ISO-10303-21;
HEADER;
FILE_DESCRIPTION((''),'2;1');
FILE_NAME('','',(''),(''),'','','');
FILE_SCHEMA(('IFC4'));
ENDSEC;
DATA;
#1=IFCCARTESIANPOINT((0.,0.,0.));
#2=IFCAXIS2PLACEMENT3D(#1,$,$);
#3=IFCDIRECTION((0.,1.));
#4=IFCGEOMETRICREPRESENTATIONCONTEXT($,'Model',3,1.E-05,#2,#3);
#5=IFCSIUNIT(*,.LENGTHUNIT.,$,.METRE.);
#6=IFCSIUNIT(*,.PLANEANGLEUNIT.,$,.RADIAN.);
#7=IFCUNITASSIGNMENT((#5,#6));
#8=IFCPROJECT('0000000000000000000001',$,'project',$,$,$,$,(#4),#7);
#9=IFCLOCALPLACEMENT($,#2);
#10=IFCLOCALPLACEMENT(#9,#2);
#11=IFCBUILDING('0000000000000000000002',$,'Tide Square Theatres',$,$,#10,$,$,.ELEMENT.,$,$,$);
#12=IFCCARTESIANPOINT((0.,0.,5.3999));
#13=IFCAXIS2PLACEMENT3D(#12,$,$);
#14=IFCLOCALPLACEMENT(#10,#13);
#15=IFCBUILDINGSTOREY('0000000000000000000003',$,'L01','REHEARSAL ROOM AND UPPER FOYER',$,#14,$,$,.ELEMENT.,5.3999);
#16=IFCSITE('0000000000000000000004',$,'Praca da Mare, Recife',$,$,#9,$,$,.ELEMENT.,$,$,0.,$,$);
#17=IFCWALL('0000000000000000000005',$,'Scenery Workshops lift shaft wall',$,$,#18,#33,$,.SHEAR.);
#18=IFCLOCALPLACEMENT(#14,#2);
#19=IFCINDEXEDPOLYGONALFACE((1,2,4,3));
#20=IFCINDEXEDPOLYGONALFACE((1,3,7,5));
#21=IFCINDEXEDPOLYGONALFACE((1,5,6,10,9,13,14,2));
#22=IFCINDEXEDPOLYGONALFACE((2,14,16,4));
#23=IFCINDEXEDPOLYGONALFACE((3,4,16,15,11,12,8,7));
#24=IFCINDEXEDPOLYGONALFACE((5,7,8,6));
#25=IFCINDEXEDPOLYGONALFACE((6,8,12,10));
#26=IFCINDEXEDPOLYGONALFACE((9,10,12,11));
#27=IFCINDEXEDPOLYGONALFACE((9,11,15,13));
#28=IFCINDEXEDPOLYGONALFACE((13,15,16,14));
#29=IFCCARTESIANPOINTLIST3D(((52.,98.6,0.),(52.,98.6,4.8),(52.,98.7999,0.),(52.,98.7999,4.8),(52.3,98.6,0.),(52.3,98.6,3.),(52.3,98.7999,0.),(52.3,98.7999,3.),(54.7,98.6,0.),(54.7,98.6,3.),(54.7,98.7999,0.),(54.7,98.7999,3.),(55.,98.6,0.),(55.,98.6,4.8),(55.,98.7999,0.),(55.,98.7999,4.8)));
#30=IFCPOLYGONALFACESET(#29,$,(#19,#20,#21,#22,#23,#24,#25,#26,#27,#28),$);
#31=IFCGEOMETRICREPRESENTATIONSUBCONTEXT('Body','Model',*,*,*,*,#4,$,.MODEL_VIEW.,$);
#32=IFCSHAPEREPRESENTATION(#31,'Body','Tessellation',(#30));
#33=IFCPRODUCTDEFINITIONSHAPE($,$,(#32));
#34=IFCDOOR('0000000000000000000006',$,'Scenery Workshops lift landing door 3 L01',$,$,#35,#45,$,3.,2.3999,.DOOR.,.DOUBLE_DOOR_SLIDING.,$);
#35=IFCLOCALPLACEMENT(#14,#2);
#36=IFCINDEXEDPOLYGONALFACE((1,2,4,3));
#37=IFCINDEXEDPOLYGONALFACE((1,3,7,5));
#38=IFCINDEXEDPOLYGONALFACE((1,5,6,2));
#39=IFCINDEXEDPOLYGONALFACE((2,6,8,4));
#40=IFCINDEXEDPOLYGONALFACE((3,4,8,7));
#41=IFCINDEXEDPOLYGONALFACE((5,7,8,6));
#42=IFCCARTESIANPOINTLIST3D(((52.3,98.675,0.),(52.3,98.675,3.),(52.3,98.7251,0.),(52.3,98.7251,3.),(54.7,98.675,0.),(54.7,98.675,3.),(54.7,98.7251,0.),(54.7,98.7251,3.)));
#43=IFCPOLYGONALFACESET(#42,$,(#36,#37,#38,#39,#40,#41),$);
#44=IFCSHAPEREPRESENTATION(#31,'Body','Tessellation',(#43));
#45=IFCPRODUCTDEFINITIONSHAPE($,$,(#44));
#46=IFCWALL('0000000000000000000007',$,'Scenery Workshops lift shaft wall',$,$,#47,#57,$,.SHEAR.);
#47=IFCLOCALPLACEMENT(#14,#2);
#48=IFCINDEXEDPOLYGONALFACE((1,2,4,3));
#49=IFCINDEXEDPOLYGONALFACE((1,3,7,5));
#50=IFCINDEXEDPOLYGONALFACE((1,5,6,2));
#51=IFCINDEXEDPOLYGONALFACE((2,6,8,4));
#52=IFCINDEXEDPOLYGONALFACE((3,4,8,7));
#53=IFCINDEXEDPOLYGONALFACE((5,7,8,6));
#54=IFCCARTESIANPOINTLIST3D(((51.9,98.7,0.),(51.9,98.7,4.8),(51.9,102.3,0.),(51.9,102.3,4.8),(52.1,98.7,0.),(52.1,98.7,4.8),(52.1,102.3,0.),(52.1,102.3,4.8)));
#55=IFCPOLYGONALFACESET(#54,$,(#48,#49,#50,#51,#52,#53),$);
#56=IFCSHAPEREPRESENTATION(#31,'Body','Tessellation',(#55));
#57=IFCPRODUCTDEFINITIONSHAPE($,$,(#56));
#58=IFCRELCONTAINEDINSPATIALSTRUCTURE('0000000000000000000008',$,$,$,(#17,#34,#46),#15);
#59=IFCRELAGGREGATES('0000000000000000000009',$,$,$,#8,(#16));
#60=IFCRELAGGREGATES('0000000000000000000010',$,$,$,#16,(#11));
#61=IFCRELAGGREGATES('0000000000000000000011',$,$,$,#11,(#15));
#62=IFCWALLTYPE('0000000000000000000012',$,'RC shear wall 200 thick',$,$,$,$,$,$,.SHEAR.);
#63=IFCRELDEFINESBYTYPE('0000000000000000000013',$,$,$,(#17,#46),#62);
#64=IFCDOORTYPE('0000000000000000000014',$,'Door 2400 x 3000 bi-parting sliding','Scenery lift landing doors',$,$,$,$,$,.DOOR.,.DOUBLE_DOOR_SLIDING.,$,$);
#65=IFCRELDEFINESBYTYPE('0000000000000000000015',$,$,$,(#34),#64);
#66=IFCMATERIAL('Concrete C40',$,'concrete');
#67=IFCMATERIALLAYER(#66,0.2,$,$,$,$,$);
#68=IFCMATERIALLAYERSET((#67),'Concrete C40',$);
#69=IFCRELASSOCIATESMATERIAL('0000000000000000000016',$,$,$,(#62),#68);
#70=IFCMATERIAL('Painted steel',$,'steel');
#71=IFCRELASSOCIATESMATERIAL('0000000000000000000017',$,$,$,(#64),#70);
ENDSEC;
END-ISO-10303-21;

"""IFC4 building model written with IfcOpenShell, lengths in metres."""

from ifc_helpers import new_model, si_unit, direction, frame, frame_2d, origin, place, context, subcontext, project, spatial, rectangle, extrude, material, layer, layer_set, type_object, element, fill, save


model = new_model("IFC4")

# Units and contexts
model_context = context("Model", 3, precision=1e-05, world=origin(), true_north=direction((0.0, 1.0)))
body_context = subcontext(model_context, "Body", "Model", "MODEL_VIEW")
ifc_project = project(units=[si_unit("LENGTHUNIT", "METRE"), si_unit("PLANEANGLEUNIT", "RADIAN")], contexts=[model_context])

# Site, building, storey
site_placement = place(None, origin())
site = spatial("IfcSite", under=ifc_project, at=site_placement, Name="Praca da Mare, Recife", CompositionType="ELEMENT", RefElevation=0.0)
building_placement = place(site_placement, origin())
building = spatial("IfcBuilding", under=site, at=building_placement, Name="Tide Square Theatres", CompositionType="ELEMENT")
storey_placement = place(building_placement, frame((0.0, 0.0, 5.3999)))
storey = spatial("IfcBuildingStorey", under=building, at=storey_placement, Name="L01", Description="REHEARSAL ROOM AND UPPER FOYER", CompositionType="ELEMENT", Elevation=5.3999)

# Shared definitions
ifc_material_1 = material(Name="Concrete C40", Category="concrete")
ifc_layer_1 = layer(ifc_material_1, 0.2)
ifc_layer_set_1 = layer_set([ifc_layer_1], Name="Concrete C40")
wall_type_1 = type_object("IfcWallType", Name="RC shear wall 200 thick", PredefinedType="SHEAR", material=ifc_layer_set_1)

# Wall, opening, door
wall_1_placement = place(storey_placement, frame((55.0, 98.7, 0.0), z_axis=(0.0, 0.0, 1.0), x_axis=(-1.0, 0.0, 0.0)))
wall_1 = element("IfcWall", 1, at=wall_1_placement, inside=storey, type_object=wall_type_1, Name="Scenery Workshops lift shaft wall", PredefinedType="SHEAR", context=body_context, shape_type="SweptSolid", body=[
    extrude(rectangle(XDim=3.0, YDim=0.2, at=frame_2d((1.5, 0.0))), origin(), (0.0, 0.0, 1.0), 4.8),
])
opening_1_placement = place(wall_1_placement, frame((0.3, 0.0, 0.0)))
opening_1 = element("IfcOpeningElement", 2, at=opening_1_placement, cuts=wall_1, PredefinedType="OPENING", context=body_context, shape_type="SweptSolid", body=[
    extrude(rectangle(XDim=2.3999, YDim=3.0, at=frame_2d((1.2, 1.5))), frame((0.0, 0.1099, 0.0), z_axis=(0.0, -1.0, 0.0), x_axis=(1.0, 0.0, 0.0)), (0.0, 0.0, 1.0), 0.22),
])
ifc_material_2 = material(Name="Painted steel", Category="steel")
door_type_1 = type_object("IfcDoorType", Name="Door 2400 x 3000 bi-parting sliding", Description="Scenery lift landing doors", OperationType="DOUBLE_DOOR_SLIDING", PredefinedType="DOOR", material=ifc_material_2)
door_1_placement = place(opening_1_placement, origin())
door_1 = element("IfcDoor", 3, at=door_1_placement, inside=storey, type_object=door_type_1, Name="Scenery Workshops lift landing door 3 L01", OperationType="DOUBLE_DOOR_SLIDING", OverallHeight=3.0, OverallWidth=2.3999, PredefinedType="DOOR", context=body_context, shape_type="SweptSolid", body=[
    extrude(rectangle(XDim=2.3999, YDim=3.0, at=frame_2d((1.2, 1.5))), frame((0.0, 0.0249, 0.0), z_axis=(0.0, -1.0, 0.0), x_axis=(1.0, 0.0, 0.0)), (0.0, 0.0, 1.0), 0.05),
])
fill(opening_1, door_1)

# Wall
wall_2_placement = place(storey_placement, frame((52.0, 102.3, 0.0), z_axis=(0.0, 0.0, 1.0), x_axis=(0.0, -1.0, 0.0)))
element("IfcWall", 4, at=wall_2_placement, inside=storey, type_object=wall_type_1, Name="Scenery Workshops lift shaft wall", PredefinedType="SHEAR", context=body_context, shape_type="SweptSolid", body=[
    extrude(rectangle(XDim=3.6001, YDim=0.2, at=frame_2d((1.8, 0.0))), origin(), (0.0, 0.0, 1.0), 4.8),
])

save(model, "model.ifc")
